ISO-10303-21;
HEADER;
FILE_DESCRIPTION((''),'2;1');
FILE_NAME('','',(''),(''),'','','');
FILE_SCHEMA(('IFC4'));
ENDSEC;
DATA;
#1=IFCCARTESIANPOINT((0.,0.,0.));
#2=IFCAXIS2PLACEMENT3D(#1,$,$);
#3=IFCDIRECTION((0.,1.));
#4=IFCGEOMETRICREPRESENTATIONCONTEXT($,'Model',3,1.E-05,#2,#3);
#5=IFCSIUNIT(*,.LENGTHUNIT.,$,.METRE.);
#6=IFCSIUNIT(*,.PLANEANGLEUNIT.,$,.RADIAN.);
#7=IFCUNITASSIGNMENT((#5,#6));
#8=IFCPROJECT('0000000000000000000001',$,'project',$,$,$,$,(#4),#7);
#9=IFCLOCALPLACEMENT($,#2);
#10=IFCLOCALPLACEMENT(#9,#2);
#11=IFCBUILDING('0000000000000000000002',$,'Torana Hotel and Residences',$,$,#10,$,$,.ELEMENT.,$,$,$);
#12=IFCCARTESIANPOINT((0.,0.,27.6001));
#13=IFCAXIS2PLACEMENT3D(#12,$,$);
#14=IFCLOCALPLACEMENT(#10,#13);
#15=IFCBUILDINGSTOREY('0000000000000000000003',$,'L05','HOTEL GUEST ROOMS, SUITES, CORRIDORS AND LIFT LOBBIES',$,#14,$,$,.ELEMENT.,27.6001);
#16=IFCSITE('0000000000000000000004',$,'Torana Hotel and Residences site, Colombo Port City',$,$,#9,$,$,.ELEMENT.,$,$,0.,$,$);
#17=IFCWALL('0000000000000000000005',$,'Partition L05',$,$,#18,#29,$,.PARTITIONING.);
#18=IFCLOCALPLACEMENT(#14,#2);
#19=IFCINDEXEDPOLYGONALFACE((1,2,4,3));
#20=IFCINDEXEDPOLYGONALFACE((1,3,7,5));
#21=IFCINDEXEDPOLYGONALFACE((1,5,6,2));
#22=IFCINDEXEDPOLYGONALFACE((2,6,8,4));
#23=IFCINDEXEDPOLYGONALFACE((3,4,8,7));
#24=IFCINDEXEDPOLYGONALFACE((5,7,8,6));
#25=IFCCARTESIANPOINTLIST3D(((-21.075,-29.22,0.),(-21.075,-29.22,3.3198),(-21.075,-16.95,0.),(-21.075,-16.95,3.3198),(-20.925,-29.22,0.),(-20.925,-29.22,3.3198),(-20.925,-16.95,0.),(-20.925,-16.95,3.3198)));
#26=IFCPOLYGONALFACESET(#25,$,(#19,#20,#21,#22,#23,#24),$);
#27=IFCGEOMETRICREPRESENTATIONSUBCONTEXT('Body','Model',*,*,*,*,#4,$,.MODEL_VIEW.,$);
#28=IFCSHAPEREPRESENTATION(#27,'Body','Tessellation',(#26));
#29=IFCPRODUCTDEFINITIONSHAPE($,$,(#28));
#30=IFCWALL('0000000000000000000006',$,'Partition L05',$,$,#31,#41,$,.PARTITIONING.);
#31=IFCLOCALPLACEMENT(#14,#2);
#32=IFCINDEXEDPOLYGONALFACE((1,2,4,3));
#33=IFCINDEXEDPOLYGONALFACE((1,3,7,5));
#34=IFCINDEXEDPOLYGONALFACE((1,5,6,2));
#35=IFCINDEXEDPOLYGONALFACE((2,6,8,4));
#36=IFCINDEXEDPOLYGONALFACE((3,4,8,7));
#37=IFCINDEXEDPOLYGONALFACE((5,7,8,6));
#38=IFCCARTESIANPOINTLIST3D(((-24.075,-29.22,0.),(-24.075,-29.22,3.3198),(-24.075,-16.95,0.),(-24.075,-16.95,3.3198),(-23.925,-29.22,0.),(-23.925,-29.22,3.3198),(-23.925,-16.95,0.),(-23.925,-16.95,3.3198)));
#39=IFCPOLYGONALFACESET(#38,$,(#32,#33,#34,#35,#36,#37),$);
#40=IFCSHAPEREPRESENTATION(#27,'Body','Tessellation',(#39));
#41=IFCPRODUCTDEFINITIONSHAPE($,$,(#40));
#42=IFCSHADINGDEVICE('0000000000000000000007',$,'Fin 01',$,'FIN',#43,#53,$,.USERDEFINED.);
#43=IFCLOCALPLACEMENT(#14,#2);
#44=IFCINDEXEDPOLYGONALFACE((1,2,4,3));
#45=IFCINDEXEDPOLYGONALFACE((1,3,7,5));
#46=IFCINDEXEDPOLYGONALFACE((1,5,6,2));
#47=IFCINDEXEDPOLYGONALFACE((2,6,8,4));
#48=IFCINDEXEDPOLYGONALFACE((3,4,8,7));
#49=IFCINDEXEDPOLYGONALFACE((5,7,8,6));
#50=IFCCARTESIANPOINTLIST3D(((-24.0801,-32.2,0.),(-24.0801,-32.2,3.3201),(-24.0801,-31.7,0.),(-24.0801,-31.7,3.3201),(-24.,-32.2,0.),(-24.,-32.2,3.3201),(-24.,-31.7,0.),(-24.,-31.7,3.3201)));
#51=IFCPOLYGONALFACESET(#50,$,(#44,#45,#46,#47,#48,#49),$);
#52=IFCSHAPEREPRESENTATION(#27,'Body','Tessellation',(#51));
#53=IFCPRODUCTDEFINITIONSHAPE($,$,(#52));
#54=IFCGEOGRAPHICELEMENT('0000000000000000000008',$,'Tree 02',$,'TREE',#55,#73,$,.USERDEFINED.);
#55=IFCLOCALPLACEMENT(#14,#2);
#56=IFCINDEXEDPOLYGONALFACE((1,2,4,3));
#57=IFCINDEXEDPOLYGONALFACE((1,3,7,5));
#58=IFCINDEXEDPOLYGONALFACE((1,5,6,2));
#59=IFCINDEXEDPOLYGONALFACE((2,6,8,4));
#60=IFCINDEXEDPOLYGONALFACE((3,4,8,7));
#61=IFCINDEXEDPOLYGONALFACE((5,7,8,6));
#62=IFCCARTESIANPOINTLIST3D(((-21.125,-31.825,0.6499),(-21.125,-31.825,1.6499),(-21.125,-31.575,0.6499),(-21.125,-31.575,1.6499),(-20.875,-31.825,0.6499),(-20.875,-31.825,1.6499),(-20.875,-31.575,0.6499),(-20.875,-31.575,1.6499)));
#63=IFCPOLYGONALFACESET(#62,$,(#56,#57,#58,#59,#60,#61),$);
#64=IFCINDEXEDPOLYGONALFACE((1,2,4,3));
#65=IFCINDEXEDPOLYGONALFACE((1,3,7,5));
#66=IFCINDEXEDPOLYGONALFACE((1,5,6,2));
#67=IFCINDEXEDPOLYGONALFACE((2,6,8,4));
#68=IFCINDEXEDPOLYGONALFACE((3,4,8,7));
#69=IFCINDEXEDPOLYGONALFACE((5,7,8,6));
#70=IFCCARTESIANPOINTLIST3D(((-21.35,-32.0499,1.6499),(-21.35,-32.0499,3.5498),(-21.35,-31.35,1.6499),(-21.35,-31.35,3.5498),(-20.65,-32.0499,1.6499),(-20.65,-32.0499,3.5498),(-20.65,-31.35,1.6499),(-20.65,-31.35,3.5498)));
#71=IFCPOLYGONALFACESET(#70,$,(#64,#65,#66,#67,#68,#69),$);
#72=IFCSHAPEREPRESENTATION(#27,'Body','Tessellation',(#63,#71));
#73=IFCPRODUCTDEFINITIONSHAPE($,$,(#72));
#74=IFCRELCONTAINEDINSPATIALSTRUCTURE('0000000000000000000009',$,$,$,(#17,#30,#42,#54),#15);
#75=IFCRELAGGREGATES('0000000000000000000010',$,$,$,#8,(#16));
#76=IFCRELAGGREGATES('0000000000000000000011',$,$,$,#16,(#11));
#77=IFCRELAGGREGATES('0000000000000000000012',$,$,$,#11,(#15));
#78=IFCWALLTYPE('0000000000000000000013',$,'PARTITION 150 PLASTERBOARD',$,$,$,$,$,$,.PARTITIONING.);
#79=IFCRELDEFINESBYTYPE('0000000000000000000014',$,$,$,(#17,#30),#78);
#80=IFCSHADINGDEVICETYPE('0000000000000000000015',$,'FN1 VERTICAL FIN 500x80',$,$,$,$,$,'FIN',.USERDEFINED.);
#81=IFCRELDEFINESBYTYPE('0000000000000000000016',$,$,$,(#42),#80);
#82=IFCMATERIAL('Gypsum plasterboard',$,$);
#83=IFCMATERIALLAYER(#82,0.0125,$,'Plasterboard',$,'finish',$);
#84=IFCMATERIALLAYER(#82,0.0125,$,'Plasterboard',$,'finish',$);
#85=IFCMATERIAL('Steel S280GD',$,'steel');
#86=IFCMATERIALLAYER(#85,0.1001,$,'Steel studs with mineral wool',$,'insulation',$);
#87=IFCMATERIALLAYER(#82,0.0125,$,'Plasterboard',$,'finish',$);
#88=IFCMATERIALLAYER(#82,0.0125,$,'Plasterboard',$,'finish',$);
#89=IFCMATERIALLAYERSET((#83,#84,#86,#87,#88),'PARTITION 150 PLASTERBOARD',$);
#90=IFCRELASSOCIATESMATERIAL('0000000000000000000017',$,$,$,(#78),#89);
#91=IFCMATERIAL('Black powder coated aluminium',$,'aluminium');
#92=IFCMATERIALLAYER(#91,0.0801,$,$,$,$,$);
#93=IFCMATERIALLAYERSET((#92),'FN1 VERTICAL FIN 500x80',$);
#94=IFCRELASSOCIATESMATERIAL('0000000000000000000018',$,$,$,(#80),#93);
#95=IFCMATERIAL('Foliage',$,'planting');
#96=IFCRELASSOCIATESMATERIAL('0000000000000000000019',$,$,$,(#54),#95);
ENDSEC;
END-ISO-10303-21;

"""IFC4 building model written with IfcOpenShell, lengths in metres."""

from ifc_helpers import new_model, si_unit, direction, frame, frame_2d, origin, origin_2d, place, context, subcontext, project, spatial, rectangle, extrude, material, layer, layer_set, type_object, element, save


model = new_model("IFC4")

# Units and contexts
model_context = context("Model", 3, precision=1e-05, world=origin(), true_north=direction((0.0, 1.0)))
body_context = subcontext(model_context, "Body", "Model", "MODEL_VIEW")
ifc_project = project(units=[si_unit("LENGTHUNIT", "METRE"), si_unit("PLANEANGLEUNIT", "RADIAN")], contexts=[model_context])

# Site, building, storey
site_placement = place(None, origin())
site = spatial("IfcSite", under=ifc_project, at=site_placement, Name="Torana Hotel and Residences site, Colombo Port City", CompositionType="ELEMENT", RefElevation=0.0)
building_placement = place(site_placement, origin())
building = spatial("IfcBuilding", under=site, at=building_placement, Name="Torana Hotel and Residences", CompositionType="ELEMENT")
storey_placement = place(building_placement, frame((0.0, 0.0, 27.6001)))
storey = spatial("IfcBuildingStorey", under=building, at=storey_placement, Name="L05", Description="HOTEL GUEST ROOMS, SUITES, CORRIDORS AND LIFT LOBBIES", CompositionType="ELEMENT", Elevation=27.6001)

# Walls
ifc_material_1 = material(Name="Gypsum plasterboard")
ifc_layer_1 = layer(ifc_material_1, 0.0125, Name="Plasterboard", Category="finish")
ifc_layer_2 = layer(ifc_material_1, 0.0125, Name="Plasterboard", Category="finish")
ifc_material_2 = material(Name="Steel S280GD", Category="steel")
ifc_layer_3 = layer(ifc_material_2, 0.1001, Name="Steel studs with mineral wool", Category="insulation")
ifc_layer_4 = layer(ifc_material_1, 0.0125, Name="Plasterboard", Category="finish")
ifc_layer_5 = layer(ifc_material_1, 0.0125, Name="Plasterboard", Category="finish")
ifc_layer_set_1 = layer_set([ifc_layer_1, ifc_layer_2, ifc_layer_3, ifc_layer_4, ifc_layer_5], Name="PARTITION 150 PLASTERBOARD")
wall_type = type_object("IfcWallType", Name="PARTITION 150 PLASTERBOARD", PredefinedType="PARTITIONING", material=ifc_layer_set_1)
for number, where, z_axis, x_axis, name in (
    (1, (-21.0, -29.22, 0.0), (0.0, 0.0, 1.0), (0.0, 1.0, 0.0), "Partition L05"),
    (2, (-24.0, -29.22, 0.0), (0.0, 0.0, 1.0), (0.0, 1.0, 0.0), "Partition L05"),
):
    element("IfcWall", number, at=place(storey_placement, frame(where, z_axis=z_axis, x_axis=x_axis)), inside=storey, type_object=wall_type, Name=name, PredefinedType="PARTITIONING", context=body_context, shape_type="SweptSolid", body=[
        extrude(rectangle(XDim=12.27, YDim=0.1499, at=frame_2d((6.135, 0.0))), origin(), (0.0, 0.0, 1.0), 3.3198),
    ])

# Shading device
ifc_material_3 = material(Name="Black powder coated aluminium", Category="aluminium")
ifc_layer_6 = layer(ifc_material_3, 0.0801)
ifc_layer_set_2 = layer_set([ifc_layer_6], Name="FN1 VERTICAL FIN 500x80")
shading_device_type = type_object("IfcShadingDeviceType", Name="FN1 VERTICAL FIN 500x80", ElementType="FIN", PredefinedType="USERDEFINED", material=ifc_layer_set_2)
shading_device_placement = place(storey_placement, frame((-24.04, -31.95, 0.0), z_axis=(0.0, 0.0, 1.0), x_axis=(-1.0, 0.0, 0.0)))
element("IfcShadingDevice", 3, at=shading_device_placement, inside=storey, type_object=shading_device_type, Name="Fin 01", ObjectType="FIN", PredefinedType="USERDEFINED", context=body_context, shape_type="SweptSolid", body=[
    extrude(rectangle(XDim=0.0801, YDim=0.5, at=origin_2d()), origin(), (0.0, 0.0, 1.0), 3.3201),
])

# Geographic element
ifc_material_4 = material(Name="Foliage", Category="planting")
geographic_element_placement = place(storey_placement, frame((-21.0, -31.7, 0.6499), z_axis=(0.0, 0.0, 1.0), x_axis=(1.0, 0.0, 0.0)))
element("IfcGeographicElement", 4, at=geographic_element_placement, inside=storey, material=ifc_material_4, Name="Tree 02", ObjectType="TREE", PredefinedType="USERDEFINED", context=body_context, shape_type="SweptSolid", body=[
    extrude(rectangle(XDim=0.25, YDim=0.25, at=origin_2d()), origin(), (0.0, 0.0, 1.0), 1.0),
    extrude(rectangle(XDim=0.7, YDim=0.7, at=origin_2d()), frame((0.0, 0.0, 1.0)), (0.0, 0.0, 1.0), 1.8999),
])

save(model, "model.ifc")
